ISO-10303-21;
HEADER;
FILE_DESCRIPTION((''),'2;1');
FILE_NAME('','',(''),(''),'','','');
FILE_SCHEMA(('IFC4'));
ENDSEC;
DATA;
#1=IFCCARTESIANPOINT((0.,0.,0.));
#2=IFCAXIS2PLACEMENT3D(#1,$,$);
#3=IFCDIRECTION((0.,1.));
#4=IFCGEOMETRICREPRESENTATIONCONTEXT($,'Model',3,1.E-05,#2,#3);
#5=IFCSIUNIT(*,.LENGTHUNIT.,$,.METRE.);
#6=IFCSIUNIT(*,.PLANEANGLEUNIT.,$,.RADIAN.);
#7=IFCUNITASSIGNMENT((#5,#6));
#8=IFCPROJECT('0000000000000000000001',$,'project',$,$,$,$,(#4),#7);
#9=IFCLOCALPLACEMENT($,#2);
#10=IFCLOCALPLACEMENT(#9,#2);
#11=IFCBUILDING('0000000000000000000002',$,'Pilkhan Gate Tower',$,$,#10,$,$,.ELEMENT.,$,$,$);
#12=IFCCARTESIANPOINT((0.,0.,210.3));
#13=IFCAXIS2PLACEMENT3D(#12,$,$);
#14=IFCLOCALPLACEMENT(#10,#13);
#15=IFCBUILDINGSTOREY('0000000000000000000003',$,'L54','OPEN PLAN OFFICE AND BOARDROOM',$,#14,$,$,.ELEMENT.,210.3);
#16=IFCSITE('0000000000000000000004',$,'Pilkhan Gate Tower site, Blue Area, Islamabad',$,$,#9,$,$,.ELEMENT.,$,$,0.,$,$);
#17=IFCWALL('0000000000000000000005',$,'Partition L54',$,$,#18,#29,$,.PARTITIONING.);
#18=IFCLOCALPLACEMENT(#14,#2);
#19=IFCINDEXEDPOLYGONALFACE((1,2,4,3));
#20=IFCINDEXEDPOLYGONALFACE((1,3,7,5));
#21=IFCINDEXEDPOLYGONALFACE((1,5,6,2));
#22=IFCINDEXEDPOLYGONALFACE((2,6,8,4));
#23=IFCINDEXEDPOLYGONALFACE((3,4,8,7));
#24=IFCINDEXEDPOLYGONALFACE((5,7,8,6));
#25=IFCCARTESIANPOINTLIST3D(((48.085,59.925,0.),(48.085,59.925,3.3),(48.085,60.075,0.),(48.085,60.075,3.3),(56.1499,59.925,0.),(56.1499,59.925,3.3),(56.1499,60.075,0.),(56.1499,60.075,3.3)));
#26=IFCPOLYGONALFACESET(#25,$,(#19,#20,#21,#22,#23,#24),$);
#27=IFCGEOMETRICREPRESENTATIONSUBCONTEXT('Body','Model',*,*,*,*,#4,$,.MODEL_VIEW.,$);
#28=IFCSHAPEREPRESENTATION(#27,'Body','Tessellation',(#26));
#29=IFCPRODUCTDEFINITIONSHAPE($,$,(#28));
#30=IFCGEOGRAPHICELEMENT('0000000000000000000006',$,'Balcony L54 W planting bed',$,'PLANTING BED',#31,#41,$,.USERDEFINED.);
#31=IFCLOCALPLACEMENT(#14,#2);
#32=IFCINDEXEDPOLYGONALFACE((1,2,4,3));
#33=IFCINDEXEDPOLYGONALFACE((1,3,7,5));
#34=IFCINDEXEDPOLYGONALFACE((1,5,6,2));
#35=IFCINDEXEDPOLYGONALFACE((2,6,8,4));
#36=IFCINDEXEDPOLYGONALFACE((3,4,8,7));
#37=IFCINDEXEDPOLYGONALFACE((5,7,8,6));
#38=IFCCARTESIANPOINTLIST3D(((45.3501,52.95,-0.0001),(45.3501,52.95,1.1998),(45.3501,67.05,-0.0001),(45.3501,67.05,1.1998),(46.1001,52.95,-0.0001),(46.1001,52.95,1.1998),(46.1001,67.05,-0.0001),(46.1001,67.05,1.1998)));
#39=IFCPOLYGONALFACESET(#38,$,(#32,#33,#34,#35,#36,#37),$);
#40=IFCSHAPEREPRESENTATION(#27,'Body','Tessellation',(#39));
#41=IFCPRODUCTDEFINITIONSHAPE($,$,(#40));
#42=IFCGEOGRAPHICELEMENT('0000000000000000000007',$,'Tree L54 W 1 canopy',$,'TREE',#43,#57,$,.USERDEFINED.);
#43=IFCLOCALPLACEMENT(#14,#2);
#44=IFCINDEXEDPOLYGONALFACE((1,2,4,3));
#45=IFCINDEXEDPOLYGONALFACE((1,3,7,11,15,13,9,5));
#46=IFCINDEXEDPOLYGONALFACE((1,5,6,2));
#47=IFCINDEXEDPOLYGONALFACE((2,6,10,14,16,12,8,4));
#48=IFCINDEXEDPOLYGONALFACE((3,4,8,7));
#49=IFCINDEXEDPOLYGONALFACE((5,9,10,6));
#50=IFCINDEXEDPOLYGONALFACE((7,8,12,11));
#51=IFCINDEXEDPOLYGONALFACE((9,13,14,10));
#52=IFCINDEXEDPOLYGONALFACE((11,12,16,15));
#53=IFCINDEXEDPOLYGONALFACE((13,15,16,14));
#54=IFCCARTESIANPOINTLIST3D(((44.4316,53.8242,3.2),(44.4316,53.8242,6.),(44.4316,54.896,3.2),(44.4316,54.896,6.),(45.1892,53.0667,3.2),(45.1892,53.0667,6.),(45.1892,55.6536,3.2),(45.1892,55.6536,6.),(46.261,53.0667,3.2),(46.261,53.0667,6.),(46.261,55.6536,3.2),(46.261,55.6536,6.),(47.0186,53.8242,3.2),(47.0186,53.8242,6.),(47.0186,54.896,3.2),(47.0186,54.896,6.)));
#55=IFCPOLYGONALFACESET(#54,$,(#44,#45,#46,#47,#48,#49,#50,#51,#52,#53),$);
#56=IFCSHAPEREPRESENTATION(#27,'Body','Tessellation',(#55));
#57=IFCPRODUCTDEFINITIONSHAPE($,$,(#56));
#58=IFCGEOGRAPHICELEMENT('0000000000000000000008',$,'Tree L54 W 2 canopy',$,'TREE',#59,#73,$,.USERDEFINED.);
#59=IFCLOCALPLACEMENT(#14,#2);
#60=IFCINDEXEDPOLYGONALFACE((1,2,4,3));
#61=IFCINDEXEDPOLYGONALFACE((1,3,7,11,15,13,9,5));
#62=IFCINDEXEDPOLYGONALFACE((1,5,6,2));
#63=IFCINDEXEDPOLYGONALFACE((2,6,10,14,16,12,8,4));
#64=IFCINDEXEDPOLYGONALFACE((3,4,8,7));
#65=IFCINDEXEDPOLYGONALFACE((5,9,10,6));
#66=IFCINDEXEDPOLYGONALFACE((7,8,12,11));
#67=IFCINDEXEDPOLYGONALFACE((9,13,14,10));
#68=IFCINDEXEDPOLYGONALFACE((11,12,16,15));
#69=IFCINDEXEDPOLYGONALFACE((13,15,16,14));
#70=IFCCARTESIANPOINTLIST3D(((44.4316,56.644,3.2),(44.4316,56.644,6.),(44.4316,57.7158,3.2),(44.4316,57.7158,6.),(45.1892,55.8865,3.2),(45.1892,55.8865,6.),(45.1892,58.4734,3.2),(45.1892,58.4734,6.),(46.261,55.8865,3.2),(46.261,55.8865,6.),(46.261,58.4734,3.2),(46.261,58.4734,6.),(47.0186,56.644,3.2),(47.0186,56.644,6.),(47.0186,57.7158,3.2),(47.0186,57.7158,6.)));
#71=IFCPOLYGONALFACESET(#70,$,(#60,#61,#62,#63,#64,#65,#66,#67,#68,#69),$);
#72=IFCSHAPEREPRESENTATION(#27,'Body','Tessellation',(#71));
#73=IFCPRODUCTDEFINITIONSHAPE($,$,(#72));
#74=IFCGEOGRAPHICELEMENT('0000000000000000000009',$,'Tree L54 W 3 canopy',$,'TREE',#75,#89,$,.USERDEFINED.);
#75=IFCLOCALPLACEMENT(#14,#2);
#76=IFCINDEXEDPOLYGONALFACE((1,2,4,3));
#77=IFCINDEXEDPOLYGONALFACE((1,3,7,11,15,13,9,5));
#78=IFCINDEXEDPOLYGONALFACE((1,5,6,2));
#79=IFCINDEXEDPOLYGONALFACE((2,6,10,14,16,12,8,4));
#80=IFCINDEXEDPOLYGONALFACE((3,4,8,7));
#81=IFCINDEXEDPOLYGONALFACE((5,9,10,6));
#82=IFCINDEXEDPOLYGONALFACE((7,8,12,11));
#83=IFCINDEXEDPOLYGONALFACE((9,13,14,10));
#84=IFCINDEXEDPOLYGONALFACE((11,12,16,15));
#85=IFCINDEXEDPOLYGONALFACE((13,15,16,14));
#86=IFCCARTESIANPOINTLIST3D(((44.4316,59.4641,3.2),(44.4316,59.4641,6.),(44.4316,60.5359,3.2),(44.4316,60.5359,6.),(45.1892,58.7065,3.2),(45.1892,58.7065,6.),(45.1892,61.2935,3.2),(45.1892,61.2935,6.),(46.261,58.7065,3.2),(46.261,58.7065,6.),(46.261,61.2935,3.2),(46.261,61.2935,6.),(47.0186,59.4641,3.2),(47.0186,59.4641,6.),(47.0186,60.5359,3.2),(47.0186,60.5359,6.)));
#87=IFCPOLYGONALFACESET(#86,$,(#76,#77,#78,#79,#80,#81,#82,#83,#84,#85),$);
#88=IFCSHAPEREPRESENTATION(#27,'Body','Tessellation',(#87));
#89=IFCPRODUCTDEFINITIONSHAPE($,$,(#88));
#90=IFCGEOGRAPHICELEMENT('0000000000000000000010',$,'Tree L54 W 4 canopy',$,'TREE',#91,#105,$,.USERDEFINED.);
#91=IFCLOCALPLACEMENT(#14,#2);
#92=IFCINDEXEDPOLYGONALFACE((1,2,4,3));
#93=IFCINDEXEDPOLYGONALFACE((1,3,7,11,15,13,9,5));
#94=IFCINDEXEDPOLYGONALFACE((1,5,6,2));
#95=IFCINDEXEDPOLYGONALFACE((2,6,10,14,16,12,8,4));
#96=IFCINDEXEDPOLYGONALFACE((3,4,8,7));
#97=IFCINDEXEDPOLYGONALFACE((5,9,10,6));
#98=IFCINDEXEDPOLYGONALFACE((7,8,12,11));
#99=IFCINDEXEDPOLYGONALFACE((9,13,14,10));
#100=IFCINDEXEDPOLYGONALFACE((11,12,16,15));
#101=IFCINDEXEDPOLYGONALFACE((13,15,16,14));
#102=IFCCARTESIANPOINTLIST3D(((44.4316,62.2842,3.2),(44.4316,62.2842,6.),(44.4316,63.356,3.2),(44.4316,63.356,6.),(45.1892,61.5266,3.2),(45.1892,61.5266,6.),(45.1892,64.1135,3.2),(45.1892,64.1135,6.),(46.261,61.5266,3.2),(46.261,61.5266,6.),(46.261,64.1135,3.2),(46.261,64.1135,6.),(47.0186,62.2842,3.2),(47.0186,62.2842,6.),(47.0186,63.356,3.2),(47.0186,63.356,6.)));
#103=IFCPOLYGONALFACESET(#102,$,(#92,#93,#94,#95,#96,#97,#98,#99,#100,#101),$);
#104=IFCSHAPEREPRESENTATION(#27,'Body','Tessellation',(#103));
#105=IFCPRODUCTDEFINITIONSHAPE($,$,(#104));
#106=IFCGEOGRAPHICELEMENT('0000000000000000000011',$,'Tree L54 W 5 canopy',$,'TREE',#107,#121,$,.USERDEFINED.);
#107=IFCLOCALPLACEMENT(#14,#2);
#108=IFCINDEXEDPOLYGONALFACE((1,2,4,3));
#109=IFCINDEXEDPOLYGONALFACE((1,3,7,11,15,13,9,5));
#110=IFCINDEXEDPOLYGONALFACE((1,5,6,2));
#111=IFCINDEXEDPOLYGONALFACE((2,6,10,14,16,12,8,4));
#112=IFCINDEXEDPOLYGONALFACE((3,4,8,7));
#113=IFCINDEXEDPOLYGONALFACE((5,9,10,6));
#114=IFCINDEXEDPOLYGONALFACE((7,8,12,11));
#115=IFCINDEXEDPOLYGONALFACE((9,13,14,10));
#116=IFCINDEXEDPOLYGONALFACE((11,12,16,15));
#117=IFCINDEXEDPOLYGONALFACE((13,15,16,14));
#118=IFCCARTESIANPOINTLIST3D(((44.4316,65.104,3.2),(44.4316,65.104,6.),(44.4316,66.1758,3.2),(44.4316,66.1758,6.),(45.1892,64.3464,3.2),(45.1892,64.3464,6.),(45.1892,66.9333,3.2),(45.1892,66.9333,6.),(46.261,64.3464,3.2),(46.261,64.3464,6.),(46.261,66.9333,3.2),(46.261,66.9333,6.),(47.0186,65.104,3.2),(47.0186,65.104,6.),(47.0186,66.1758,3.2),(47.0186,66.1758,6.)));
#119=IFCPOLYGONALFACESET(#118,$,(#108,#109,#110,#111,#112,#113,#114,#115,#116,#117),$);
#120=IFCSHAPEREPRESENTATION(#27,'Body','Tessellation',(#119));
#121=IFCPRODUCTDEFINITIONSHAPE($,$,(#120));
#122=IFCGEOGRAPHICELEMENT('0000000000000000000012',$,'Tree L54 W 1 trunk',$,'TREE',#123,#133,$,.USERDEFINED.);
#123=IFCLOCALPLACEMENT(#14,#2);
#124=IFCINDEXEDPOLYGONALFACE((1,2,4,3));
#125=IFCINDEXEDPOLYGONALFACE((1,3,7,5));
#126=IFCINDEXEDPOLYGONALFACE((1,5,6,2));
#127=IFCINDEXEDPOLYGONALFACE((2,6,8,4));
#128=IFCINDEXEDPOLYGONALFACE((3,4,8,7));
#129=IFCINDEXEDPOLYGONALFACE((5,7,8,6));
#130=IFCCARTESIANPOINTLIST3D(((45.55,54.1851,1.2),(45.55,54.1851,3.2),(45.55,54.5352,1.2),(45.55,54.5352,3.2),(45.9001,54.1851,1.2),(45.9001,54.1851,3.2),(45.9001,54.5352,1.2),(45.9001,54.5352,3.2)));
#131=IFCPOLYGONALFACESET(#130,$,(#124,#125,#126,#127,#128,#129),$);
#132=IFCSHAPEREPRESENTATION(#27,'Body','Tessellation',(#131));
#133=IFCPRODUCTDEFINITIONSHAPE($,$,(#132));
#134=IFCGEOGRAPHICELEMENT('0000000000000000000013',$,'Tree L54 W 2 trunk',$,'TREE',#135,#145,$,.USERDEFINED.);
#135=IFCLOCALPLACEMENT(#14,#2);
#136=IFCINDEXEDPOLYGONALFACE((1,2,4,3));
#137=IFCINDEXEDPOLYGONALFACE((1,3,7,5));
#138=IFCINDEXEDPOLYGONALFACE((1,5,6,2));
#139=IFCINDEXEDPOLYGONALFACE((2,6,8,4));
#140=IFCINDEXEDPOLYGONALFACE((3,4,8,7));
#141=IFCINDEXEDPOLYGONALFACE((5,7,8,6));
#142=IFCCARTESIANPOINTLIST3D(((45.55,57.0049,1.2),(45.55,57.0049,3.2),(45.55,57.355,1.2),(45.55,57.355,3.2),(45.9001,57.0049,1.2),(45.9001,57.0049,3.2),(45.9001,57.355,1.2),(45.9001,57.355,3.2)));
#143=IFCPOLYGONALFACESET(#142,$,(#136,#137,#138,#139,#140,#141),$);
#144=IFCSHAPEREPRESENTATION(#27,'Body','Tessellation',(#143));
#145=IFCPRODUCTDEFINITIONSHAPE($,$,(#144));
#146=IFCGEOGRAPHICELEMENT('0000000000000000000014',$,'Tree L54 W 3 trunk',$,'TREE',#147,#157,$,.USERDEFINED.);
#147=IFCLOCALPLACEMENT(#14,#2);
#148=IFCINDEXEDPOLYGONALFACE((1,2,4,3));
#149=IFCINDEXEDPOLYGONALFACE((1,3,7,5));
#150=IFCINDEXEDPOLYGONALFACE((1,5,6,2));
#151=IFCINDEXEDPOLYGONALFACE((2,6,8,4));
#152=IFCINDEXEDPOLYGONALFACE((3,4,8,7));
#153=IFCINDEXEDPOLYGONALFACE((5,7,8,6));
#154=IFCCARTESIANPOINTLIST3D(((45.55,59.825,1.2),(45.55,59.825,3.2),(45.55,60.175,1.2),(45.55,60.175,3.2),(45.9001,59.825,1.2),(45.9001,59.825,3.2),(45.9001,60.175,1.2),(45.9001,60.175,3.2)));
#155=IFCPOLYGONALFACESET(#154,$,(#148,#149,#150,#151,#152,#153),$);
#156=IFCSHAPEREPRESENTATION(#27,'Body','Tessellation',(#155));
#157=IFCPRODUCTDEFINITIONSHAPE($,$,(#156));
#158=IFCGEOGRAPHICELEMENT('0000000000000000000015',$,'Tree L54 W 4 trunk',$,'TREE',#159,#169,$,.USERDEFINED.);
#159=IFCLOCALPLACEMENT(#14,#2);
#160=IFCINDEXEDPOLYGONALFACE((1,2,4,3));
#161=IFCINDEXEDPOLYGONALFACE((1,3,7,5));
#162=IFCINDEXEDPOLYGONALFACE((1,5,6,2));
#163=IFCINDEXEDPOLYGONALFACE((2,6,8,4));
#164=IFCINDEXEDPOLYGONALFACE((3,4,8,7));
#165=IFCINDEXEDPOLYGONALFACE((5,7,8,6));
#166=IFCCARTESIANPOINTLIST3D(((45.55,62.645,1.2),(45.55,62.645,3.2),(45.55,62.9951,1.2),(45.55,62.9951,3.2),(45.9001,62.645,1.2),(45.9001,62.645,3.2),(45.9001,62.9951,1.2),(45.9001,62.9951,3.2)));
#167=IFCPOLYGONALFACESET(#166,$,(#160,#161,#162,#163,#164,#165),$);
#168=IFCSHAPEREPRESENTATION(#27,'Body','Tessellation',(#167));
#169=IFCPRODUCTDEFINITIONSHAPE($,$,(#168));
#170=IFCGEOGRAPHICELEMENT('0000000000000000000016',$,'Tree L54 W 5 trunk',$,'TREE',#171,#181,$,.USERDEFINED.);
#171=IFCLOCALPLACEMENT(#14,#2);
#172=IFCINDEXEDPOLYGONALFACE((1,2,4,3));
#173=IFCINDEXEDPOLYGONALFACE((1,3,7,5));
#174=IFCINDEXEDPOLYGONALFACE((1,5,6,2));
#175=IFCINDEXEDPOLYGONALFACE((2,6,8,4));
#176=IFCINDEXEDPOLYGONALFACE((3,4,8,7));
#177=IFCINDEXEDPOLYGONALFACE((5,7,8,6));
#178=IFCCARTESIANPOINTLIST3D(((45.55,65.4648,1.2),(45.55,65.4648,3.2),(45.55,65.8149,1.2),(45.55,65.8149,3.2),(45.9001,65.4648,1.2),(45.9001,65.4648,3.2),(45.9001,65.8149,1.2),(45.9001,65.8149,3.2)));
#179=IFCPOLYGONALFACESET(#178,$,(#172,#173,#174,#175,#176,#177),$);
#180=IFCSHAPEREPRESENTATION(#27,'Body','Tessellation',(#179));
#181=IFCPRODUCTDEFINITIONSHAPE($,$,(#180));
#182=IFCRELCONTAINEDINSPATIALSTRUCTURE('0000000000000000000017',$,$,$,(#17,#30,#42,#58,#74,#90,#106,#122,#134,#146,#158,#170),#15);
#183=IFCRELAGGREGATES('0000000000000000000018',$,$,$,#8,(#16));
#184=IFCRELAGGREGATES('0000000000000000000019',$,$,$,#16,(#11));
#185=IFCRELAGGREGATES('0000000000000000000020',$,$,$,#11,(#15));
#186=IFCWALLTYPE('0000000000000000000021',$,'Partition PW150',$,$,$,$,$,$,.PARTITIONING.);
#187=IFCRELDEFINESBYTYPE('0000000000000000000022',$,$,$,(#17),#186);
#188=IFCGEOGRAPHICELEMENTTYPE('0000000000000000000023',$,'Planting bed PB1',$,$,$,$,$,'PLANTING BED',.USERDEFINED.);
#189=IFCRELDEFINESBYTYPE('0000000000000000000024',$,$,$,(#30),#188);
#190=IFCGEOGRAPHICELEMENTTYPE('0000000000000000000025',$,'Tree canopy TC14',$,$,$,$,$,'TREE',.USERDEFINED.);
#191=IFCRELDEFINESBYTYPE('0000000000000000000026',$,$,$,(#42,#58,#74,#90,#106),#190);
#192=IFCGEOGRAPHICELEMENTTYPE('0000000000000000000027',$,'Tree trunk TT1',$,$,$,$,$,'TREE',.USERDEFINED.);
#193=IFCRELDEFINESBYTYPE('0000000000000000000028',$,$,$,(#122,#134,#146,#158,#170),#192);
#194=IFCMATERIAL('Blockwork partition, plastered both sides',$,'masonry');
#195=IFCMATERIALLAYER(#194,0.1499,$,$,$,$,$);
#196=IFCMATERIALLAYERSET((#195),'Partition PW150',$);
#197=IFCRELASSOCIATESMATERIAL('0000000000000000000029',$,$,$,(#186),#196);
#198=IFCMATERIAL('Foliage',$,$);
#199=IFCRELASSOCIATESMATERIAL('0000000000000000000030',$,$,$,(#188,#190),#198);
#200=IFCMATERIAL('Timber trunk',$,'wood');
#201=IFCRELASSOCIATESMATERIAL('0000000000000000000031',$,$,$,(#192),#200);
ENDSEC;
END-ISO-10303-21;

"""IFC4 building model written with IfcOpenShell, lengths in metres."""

from ifc_helpers import new_model, si_unit, direction, frame, frame_2d, origin, origin_2d, place, context, subcontext, project, spatial, polyline, rectangle, outline, extrude, material, layer, layer_set, material_profile, profile_set, type_object, element, save


model = new_model("IFC4")

# Units and contexts
model_context = context("Model", 3, precision=1e-05, world=origin(), true_north=direction((0.0, 1.0)))
body_context = subcontext(model_context, "Body", "Model", "MODEL_VIEW")
ifc_project = project(units=[si_unit("LENGTHUNIT", "METRE"), si_unit("PLANEANGLEUNIT", "RADIAN")], contexts=[model_context])

# Site, building, storey
site_placement = place(None, origin())
site = spatial("IfcSite", under=ifc_project, at=site_placement, Name="Pilkhan Gate Tower site, Blue Area, Islamabad", CompositionType="ELEMENT", RefElevation=0.0)
building_placement = place(site_placement, origin())
building = spatial("IfcBuilding", under=site, at=building_placement, Name="Pilkhan Gate Tower", CompositionType="ELEMENT")
storey_placement = place(building_placement, frame((0.0, 0.0, 210.3)))
storey = spatial("IfcBuildingStorey", under=building, at=storey_placement, Name="L54", Description="OPEN PLAN OFFICE AND BOARDROOM", CompositionType="ELEMENT", Elevation=210.3)

# Wall
ifc_material_1 = material(Name="Blockwork partition, plastered both sides", Category="masonry")
ifc_layer_1 = layer(ifc_material_1, 0.1499)
ifc_layer_set_1 = layer_set([ifc_layer_1], Name="Partition PW150")
wall_type_1 = type_object("IfcWallType", Name="Partition PW150", PredefinedType="PARTITIONING", material=ifc_layer_set_1)
wall_1_placement = place(storey_placement, frame((48.085, 60.0, 0.0), z_axis=(0.0, 0.0, 1.0), x_axis=(1.0, 0.0, 0.0)))
element("IfcWall", 1, at=wall_1_placement, inside=storey, type_object=wall_type_1, Name="Partition L54", PredefinedType="PARTITIONING", context=body_context, shape_type="SweptSolid", body=[
    extrude(rectangle(XDim=8.0649, YDim=0.1499, at=frame_2d((4.0325, 0.0))), origin(), (0.0, 0.0, 1.0), 3.3),
])

# Geographic elements
ifc_material_2 = material(Name="Foliage")
ifc_material_profile_1 = material_profile(ifc_material_2, rectangle(XDim=0.75, YDim=1.2, at=origin_2d()), Name="Bed 750x1200")
ifc_profile_set_1 = profile_set([ifc_material_profile_1], Name="Foliage")
geographic_element_type_1 = type_object("IfcGeographicElementType", Name="Planting bed PB1", ElementType="PLANTING BED", PredefinedType="USERDEFINED", material=ifc_profile_set_1)
geographic_element_placement = place(storey_placement, frame((45.7251, 52.95, 0.5999), z_axis=(0.0, 1.0, 0.0), x_axis=(-1.0, 0.0, 0.0)))
element("IfcGeographicElement", 2, at=geographic_element_placement, inside=storey, type_object=geographic_element_type_1, Name="Balcony L54 W planting bed", ObjectType="PLANTING BED", PredefinedType="USERDEFINED", context=body_context, shape_type="SweptSolid", body=[
    extrude(rectangle(XDim=0.75, YDim=1.2, at=origin_2d()), origin(), (0.0, 0.0, 1.0), 14.1001),
])
ifc_material_profile_2 = material_profile(ifc_material_2, outline(polyline([(1.2935, 0.5359), (0.5359, 1.2935), (-0.5359, 1.2935), (-1.2935, 0.5359), (-1.2935, -0.5359), (-0.5359, -1.2935), (0.5359, -1.2935), (1.2935, -0.5359), (1.2935, 0.5359)])), Name="Canopy D2.8")
ifc_profile_set_2 = profile_set([ifc_material_profile_2], Name="Foliage")
geographic_element_type_2 = type_object("IfcGeographicElementType", Name="Tree canopy TC14", ElementType="TREE", PredefinedType="USERDEFINED", material=ifc_profile_set_2)
for number, where, z_axis, x_axis, name in (
    (3, (45.7251, 54.3601, 3.2), (0.0, 0.0, 1.0), (1.0, 0.0, 0.0), "Tree L54 W 1 canopy"),
    (4, (45.7251, 57.1799, 3.2), (0.0, 0.0, 1.0), (1.0, 0.0, 0.0), "Tree L54 W 2 canopy"),
    (5, (45.7251, 60.0, 3.2), (0.0, 0.0, 1.0), (1.0, 0.0, 0.0), "Tree L54 W 3 canopy"),
    (6, (45.7251, 62.8201, 3.2), (0.0, 0.0, 1.0), (1.0, 0.0, 0.0), "Tree L54 W 4 canopy"),
    (7, (45.7251, 65.6399, 3.2), (0.0, 0.0, 1.0), (1.0, 0.0, 0.0), "Tree L54 W 5 canopy"),
):
    element("IfcGeographicElement", number, at=place(storey_placement, frame(where, z_axis=z_axis, x_axis=x_axis)), inside=storey, type_object=geographic_element_type_2, Name=name, ObjectType="TREE", PredefinedType="USERDEFINED", context=body_context, shape_type="SweptSolid", body=[
        extrude(outline(polyline([(1.2935, 0.5359), (0.5359, 1.2935), (-0.5359, 1.2935), (-1.2935, 0.5359), (-1.2935, -0.5359), (-0.5359, -1.2935), (0.5359, -1.2935), (1.2935, -0.5359), (1.2935, 0.5359)])), origin(), (0.0, 0.0, 1.0), 2.8),
    ])
ifc_material_3 = material(Name="Timber trunk", Category="wood")
geographic_element_type_3 = type_object("IfcGeographicElementType", Name="Tree trunk TT1", ElementType="TREE", PredefinedType="USERDEFINED", material=ifc_material_3)
for number, where, z_axis, x_axis, name in (
    (8, (45.7251, 54.3601, 1.2), (0.0, 0.0, 1.0), (1.0, 0.0, 0.0), "Tree L54 W 1 trunk"),
    (9, (45.7251, 57.1799, 1.2), (0.0, 0.0, 1.0), (1.0, 0.0, 0.0), "Tree L54 W 2 trunk"),
    (10, (45.7251, 60.0, 1.2), (0.0, 0.0, 1.0), (1.0, 0.0, 0.0), "Tree L54 W 3 trunk"),
    (11, (45.7251, 62.8201, 1.2), (0.0, 0.0, 1.0), (1.0, 0.0, 0.0), "Tree L54 W 4 trunk"),
    (12, (45.7251, 65.6399, 1.2), (0.0, 0.0, 1.0), (1.0, 0.0, 0.0), "Tree L54 W 5 trunk"),
):
    element("IfcGeographicElement", number, at=place(storey_placement, frame(where, z_axis=z_axis, x_axis=x_axis)), inside=storey, type_object=geographic_element_type_3, Name=name, ObjectType="TREE", PredefinedType="USERDEFINED", context=body_context, shape_type="SweptSolid", body=[
        extrude(rectangle(XDim=0.3501, YDim=0.3501, at=origin_2d()), origin(), (0.0, 0.0, 1.0), 2.0),
    ])

save(model, "model.ifc")
